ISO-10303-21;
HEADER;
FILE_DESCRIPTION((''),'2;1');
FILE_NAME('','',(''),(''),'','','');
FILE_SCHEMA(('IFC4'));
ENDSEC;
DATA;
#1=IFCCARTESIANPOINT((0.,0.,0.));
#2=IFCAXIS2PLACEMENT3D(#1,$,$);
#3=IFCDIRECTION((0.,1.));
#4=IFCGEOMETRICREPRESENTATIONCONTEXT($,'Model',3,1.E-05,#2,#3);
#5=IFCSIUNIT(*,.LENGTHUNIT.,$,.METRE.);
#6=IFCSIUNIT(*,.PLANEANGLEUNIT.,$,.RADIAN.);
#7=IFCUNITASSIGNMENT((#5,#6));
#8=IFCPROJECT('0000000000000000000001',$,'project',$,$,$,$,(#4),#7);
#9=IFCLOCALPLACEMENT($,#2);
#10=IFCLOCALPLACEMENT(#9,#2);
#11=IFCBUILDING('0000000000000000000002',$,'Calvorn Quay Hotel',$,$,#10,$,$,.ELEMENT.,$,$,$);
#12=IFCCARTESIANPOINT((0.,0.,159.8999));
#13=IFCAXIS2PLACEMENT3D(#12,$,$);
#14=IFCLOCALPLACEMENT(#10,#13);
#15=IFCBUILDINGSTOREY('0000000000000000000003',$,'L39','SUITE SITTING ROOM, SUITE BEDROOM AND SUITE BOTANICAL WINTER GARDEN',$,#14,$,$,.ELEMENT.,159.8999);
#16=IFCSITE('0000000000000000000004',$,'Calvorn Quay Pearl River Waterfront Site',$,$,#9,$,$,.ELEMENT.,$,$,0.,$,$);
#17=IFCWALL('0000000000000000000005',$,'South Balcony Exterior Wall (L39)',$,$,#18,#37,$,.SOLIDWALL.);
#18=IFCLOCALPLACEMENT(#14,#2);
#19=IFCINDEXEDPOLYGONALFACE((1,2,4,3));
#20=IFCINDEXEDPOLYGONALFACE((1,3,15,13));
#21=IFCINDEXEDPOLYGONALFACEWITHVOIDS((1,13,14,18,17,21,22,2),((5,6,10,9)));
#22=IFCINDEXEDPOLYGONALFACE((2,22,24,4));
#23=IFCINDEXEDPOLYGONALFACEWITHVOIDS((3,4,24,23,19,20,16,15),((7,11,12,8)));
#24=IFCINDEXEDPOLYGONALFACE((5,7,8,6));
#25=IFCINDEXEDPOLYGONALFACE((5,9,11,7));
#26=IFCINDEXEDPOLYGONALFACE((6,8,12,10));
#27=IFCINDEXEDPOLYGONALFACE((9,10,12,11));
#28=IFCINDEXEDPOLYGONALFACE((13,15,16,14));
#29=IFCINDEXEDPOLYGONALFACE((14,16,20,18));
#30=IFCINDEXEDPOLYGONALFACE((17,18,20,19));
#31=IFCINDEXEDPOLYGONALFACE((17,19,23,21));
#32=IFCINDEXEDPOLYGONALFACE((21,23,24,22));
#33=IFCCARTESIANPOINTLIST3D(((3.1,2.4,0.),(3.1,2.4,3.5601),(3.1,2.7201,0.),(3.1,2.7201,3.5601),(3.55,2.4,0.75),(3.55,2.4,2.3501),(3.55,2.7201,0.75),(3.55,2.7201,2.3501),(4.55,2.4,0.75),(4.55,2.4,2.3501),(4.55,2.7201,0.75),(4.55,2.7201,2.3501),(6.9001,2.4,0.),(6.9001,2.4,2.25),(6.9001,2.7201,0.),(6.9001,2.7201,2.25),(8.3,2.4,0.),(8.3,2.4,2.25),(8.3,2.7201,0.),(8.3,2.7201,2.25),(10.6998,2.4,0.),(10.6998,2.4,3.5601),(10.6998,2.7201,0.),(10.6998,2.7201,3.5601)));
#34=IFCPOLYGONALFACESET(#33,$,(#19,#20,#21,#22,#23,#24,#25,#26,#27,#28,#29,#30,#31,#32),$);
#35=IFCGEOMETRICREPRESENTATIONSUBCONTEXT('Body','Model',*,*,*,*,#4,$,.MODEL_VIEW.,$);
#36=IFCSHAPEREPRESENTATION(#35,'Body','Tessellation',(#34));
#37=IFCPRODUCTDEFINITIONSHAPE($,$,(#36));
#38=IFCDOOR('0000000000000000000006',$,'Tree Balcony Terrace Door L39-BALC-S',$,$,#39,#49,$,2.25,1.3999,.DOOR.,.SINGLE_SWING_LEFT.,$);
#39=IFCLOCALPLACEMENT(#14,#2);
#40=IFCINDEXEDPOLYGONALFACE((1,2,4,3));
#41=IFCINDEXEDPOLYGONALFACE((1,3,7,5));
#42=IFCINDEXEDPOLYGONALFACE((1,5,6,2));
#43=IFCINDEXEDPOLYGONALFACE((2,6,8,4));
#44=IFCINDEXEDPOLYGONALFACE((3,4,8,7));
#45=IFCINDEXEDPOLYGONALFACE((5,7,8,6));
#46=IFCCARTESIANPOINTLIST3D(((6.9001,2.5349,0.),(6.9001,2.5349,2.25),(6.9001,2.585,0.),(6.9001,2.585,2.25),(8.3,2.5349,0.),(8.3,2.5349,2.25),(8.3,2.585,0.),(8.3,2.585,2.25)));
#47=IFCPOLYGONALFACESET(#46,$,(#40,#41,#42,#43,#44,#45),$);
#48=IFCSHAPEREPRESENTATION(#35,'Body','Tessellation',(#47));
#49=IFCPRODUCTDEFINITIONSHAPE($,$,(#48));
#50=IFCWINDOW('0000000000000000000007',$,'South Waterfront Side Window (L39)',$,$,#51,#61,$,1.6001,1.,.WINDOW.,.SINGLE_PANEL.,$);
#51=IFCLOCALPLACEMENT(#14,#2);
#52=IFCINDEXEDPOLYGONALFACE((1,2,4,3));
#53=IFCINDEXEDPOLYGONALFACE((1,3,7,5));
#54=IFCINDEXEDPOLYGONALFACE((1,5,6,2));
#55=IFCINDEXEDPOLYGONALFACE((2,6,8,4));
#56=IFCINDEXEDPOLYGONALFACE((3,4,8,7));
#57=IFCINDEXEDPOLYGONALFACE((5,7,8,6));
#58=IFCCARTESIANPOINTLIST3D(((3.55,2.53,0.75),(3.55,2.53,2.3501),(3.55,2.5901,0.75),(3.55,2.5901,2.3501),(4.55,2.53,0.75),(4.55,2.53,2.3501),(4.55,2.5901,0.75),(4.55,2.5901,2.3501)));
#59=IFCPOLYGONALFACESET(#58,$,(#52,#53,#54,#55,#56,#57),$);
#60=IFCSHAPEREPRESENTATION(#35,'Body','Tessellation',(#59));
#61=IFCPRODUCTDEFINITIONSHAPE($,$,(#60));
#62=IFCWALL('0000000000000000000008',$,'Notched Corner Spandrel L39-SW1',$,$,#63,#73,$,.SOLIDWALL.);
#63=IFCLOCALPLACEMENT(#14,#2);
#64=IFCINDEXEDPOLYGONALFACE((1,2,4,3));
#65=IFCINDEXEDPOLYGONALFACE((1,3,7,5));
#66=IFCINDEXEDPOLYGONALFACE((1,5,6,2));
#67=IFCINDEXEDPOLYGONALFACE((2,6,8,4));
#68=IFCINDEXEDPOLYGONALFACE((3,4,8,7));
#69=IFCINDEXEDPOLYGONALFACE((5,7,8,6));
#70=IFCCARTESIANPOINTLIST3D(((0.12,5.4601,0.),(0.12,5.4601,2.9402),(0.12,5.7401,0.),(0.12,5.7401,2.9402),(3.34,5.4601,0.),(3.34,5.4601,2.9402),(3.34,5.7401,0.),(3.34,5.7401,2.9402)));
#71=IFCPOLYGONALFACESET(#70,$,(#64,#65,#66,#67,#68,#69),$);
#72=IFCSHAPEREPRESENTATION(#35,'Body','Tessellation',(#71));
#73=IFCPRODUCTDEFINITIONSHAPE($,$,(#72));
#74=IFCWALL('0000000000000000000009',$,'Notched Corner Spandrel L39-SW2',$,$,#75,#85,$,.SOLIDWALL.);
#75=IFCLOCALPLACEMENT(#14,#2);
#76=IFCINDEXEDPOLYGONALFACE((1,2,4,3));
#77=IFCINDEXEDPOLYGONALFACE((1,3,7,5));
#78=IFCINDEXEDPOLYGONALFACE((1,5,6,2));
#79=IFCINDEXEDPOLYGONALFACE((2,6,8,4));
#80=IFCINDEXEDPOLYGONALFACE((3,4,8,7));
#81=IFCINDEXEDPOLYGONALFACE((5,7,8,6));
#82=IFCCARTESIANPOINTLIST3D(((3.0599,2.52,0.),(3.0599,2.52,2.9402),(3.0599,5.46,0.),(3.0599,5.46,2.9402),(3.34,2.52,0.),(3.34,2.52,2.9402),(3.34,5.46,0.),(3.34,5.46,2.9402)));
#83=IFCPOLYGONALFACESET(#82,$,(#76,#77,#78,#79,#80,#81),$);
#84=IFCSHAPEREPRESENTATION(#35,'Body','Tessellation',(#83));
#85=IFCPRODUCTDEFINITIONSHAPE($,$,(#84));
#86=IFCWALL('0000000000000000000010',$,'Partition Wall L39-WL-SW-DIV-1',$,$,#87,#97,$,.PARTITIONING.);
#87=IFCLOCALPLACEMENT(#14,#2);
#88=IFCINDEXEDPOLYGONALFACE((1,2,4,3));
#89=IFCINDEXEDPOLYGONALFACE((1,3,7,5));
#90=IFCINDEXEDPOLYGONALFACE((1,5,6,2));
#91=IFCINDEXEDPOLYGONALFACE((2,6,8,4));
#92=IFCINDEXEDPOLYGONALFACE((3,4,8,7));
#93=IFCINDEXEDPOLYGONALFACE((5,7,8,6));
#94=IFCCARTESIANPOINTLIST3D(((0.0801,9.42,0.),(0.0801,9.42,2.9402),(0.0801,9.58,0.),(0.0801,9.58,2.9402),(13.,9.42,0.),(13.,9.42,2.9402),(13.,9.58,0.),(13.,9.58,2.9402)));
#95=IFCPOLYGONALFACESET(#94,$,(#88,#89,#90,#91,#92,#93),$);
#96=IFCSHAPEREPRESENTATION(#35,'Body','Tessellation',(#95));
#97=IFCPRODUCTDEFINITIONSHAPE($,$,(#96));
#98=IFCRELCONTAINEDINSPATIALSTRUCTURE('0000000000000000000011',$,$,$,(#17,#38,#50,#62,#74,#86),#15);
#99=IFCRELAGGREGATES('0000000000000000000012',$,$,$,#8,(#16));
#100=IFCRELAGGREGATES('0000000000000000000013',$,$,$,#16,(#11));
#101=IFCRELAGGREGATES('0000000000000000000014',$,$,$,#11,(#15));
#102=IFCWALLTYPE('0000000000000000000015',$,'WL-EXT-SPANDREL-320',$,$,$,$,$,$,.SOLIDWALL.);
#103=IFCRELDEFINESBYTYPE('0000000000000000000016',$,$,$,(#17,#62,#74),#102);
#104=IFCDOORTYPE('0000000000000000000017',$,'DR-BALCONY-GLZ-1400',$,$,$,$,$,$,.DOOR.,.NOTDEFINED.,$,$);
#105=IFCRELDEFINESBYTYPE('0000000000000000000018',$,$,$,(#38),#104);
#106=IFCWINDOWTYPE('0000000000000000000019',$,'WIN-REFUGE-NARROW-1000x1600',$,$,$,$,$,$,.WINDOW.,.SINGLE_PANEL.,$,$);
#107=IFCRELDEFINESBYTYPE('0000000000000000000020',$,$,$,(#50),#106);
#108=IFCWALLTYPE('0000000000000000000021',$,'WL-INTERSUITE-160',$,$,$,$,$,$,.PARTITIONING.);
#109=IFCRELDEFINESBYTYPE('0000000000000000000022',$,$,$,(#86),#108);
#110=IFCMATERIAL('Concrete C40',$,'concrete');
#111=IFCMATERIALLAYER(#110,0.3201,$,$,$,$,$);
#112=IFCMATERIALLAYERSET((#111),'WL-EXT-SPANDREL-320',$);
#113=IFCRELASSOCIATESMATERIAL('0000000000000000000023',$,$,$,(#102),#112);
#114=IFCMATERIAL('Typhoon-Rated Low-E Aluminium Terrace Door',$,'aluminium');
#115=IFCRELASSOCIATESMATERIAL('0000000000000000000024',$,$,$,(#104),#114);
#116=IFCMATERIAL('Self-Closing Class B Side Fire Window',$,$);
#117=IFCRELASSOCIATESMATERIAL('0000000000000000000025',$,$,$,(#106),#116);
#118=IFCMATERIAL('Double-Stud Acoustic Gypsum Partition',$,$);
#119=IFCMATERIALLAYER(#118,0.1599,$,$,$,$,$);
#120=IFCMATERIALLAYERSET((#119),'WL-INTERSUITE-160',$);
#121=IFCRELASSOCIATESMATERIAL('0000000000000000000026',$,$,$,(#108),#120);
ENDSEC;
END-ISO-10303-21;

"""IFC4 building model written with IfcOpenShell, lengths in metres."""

from ifc_helpers import new_model, si_unit, direction, frame, frame_2d, origin, place, context, subcontext, project, spatial, rectangle, extrude, material, layer, layer_set, type_object, element, fill, save


model = new_model("IFC4")

# Units and contexts
model_context = context("Model", 3, precision=1e-05, world=origin(), true_north=direction((0.0, 1.0)))
body_context = subcontext(model_context, "Body", "Model", "MODEL_VIEW")
ifc_project = project(units=[si_unit("LENGTHUNIT", "METRE"), si_unit("PLANEANGLEUNIT", "RADIAN")], contexts=[model_context])

# Site, building, storey
site_placement = place(None, origin())
site = spatial("IfcSite", under=ifc_project, at=site_placement, Name="Calvorn Quay Pearl River Waterfront Site", CompositionType="ELEMENT", RefElevation=0.0)
building_placement = place(site_placement, origin())
building = spatial("IfcBuilding", under=site, at=building_placement, Name="Calvorn Quay Hotel", CompositionType="ELEMENT")
storey_placement = place(building_placement, frame((0.0, 0.0, 159.8999)))
storey = spatial("IfcBuildingStorey", under=building, at=storey_placement, Name="L39", Description="SUITE SITTING ROOM, SUITE BEDROOM AND SUITE BOTANICAL WINTER GARDEN", CompositionType="ELEMENT", Elevation=159.8999)

# Wall, openings, door, window
ifc_material_1 = material(Name="Concrete C40", Category="concrete")
ifc_layer_1 = layer(ifc_material_1, 0.3201)
ifc_layer_set_1 = layer_set([ifc_layer_1], Name="WL-EXT-SPANDREL-320")
wall_type_1 = type_object("IfcWallType", Name="WL-EXT-SPANDREL-320", PredefinedType="SOLIDWALL", material=ifc_layer_set_1)
wall_1_placement = place(storey_placement, frame((3.1001, 2.5601, 0.0), z_axis=(0.0, 0.0, 1.0), x_axis=(1.0, 0.0, 0.0)))
wall_1 = element("IfcWall", 1, at=wall_1_placement, inside=storey, type_object=wall_type_1, Name="South Balcony Exterior Wall (L39)", PredefinedType="SOLIDWALL", context=body_context, shape_type="SweptSolid", body=[
    extrude(rectangle(XDim=7.5999, YDim=0.3201, at=frame_2d((3.7998, 0.0))), origin(), (0.0, 0.0, 1.0), 3.5601),
])
opening_1_placement = place(wall_1_placement, frame((0.45, 0.0, 0.75)))
opening_1 = element("IfcOpeningElement", 2, at=opening_1_placement, cuts=wall_1, PredefinedType="OPENING", context=body_context, shape_type="SweptSolid", body=[
    extrude(rectangle(XDim=1.0, YDim=1.6001, at=frame_2d((0.5, 0.8))), frame((0.0, 0.1699, 0.0), z_axis=(0.0, -1.0, 0.0), x_axis=(1.0, 0.0, 0.0)), (0.0, 0.0, 1.0), 0.3401),
])
opening_2_placement = place(wall_1_placement, frame((3.8, 0.0, 0.0)))
opening_2 = element("IfcOpeningElement", 3, at=opening_2_placement, cuts=wall_1, PredefinedType="OPENING", context=body_context, shape_type="SweptSolid", body=[
    extrude(rectangle(XDim=1.3999, YDim=2.25, at=frame_2d((0.7, 1.125))), frame((0.0, 0.1699, 0.0), z_axis=(0.0, -1.0, 0.0), x_axis=(1.0, 0.0, 0.0)), (0.0, 0.0, 1.0), 0.3401),
])
ifc_material_2 = material(Name="Typhoon-Rated Low-E Aluminium Terrace Door", Category="aluminium")
door_type_1 = type_object("IfcDoorType", Name="DR-BALCONY-GLZ-1400", OperationType="NOTDEFINED", PredefinedType="DOOR", material=ifc_material_2)
door_1_placement = place(opening_2_placement, origin())
door_1 = element("IfcDoor", 4, at=door_1_placement, inside=storey, type_object=door_type_1, Name="Tree Balcony Terrace Door L39-BALC-S", OperationType="SINGLE_SWING_LEFT", OverallHeight=2.25, OverallWidth=1.3999, PredefinedType="DOOR", context=body_context, shape_type="SweptSolid", body=[
    extrude(rectangle(XDim=1.3999, YDim=2.25, at=frame_2d((0.7, 1.125))), frame((0.0, 0.0249, 0.0), z_axis=(0.0, -1.0, 0.0), x_axis=(1.0, 0.0, 0.0)), (0.0, 0.0, 1.0), 0.05),
])
fill(opening_2, door_1)
ifc_material_3 = material(Name="Self-Closing Class B Side Fire Window")
window_type = type_object("IfcWindowType", Name="WIN-REFUGE-NARROW-1000x1600", PartitioningType="SINGLE_PANEL", PredefinedType="WINDOW", material=ifc_material_3)
window_placement = place(opening_1_placement, origin())
window = element("IfcWindow", 5, at=window_placement, inside=storey, type_object=window_type, Name="South Waterfront Side Window (L39)", OverallHeight=1.6001, OverallWidth=1.0, PartitioningType="SINGLE_PANEL", PredefinedType="WINDOW", context=body_context, shape_type="SweptSolid", body=[
    extrude(rectangle(XDim=1.0, YDim=1.6001, at=frame_2d((0.5, 0.8))), frame((0.0, 0.03, 0.0), z_axis=(0.0, -1.0, 0.0), x_axis=(1.0, 0.0, 0.0)), (0.0, 0.0, 1.0), 0.0601),
])
fill(opening_1, window)

# Walls
wall_2_placement = place(storey_placement, frame((0.1201, 5.6001, 0.0), z_axis=(0.0, 0.0, 1.0), x_axis=(1.0, 0.0, 0.0)))
element("IfcWall", 6, at=wall_2_placement, inside=storey, type_object=wall_type_1, Name="Notched Corner Spandrel L39-SW1", PredefinedType="SOLIDWALL", context=body_context, shape_type="SweptSolid", body=[
    extrude(rectangle(XDim=3.22, YDim=0.28, at=frame_2d((1.6099, 0.0))), origin(), (0.0, 0.0, 1.0), 2.9402),
])
wall_3_placement = place(storey_placement, frame((3.2, 5.46, 0.0), z_axis=(0.0, 0.0, 1.0), x_axis=(0.0, -1.0, 0.0)))
element("IfcWall", 7, at=wall_3_placement, inside=storey, type_object=wall_type_1, Name="Notched Corner Spandrel L39-SW2", PredefinedType="SOLIDWALL", context=body_context, shape_type="SweptSolid", body=[
    extrude(rectangle(XDim=2.9399, YDim=0.28, at=frame_2d((1.47, 0.0))), origin(), (0.0, 0.0, 1.0), 2.9402),
])
ifc_material_4 = material(Name="Double-Stud Acoustic Gypsum Partition")
ifc_layer_2 = layer(ifc_material_4, 0.1599)
ifc_layer_set_2 = layer_set([ifc_layer_2], Name="WL-INTERSUITE-160")
wall_type_2 = type_object("IfcWallType", Name="WL-INTERSUITE-160", PredefinedType="PARTITIONING", material=ifc_layer_set_2)
wall_4_placement = place(storey_placement, frame((0.0801, 9.5, 0.0), z_axis=(0.0, 0.0, 1.0), x_axis=(1.0, 0.0, 0.0)))
element("IfcWall", 8, at=wall_4_placement, inside=storey, type_object=wall_type_2, Name="Partition Wall L39-WL-SW-DIV-1", PredefinedType="PARTITIONING", context=body_context, shape_type="SweptSolid", body=[
    extrude(rectangle(XDim=12.9199, YDim=0.1599, at=frame_2d((6.46, 0.0))), origin(), (0.0, 0.0, 1.0), 2.9402),
])

save(model, "model.ifc")
